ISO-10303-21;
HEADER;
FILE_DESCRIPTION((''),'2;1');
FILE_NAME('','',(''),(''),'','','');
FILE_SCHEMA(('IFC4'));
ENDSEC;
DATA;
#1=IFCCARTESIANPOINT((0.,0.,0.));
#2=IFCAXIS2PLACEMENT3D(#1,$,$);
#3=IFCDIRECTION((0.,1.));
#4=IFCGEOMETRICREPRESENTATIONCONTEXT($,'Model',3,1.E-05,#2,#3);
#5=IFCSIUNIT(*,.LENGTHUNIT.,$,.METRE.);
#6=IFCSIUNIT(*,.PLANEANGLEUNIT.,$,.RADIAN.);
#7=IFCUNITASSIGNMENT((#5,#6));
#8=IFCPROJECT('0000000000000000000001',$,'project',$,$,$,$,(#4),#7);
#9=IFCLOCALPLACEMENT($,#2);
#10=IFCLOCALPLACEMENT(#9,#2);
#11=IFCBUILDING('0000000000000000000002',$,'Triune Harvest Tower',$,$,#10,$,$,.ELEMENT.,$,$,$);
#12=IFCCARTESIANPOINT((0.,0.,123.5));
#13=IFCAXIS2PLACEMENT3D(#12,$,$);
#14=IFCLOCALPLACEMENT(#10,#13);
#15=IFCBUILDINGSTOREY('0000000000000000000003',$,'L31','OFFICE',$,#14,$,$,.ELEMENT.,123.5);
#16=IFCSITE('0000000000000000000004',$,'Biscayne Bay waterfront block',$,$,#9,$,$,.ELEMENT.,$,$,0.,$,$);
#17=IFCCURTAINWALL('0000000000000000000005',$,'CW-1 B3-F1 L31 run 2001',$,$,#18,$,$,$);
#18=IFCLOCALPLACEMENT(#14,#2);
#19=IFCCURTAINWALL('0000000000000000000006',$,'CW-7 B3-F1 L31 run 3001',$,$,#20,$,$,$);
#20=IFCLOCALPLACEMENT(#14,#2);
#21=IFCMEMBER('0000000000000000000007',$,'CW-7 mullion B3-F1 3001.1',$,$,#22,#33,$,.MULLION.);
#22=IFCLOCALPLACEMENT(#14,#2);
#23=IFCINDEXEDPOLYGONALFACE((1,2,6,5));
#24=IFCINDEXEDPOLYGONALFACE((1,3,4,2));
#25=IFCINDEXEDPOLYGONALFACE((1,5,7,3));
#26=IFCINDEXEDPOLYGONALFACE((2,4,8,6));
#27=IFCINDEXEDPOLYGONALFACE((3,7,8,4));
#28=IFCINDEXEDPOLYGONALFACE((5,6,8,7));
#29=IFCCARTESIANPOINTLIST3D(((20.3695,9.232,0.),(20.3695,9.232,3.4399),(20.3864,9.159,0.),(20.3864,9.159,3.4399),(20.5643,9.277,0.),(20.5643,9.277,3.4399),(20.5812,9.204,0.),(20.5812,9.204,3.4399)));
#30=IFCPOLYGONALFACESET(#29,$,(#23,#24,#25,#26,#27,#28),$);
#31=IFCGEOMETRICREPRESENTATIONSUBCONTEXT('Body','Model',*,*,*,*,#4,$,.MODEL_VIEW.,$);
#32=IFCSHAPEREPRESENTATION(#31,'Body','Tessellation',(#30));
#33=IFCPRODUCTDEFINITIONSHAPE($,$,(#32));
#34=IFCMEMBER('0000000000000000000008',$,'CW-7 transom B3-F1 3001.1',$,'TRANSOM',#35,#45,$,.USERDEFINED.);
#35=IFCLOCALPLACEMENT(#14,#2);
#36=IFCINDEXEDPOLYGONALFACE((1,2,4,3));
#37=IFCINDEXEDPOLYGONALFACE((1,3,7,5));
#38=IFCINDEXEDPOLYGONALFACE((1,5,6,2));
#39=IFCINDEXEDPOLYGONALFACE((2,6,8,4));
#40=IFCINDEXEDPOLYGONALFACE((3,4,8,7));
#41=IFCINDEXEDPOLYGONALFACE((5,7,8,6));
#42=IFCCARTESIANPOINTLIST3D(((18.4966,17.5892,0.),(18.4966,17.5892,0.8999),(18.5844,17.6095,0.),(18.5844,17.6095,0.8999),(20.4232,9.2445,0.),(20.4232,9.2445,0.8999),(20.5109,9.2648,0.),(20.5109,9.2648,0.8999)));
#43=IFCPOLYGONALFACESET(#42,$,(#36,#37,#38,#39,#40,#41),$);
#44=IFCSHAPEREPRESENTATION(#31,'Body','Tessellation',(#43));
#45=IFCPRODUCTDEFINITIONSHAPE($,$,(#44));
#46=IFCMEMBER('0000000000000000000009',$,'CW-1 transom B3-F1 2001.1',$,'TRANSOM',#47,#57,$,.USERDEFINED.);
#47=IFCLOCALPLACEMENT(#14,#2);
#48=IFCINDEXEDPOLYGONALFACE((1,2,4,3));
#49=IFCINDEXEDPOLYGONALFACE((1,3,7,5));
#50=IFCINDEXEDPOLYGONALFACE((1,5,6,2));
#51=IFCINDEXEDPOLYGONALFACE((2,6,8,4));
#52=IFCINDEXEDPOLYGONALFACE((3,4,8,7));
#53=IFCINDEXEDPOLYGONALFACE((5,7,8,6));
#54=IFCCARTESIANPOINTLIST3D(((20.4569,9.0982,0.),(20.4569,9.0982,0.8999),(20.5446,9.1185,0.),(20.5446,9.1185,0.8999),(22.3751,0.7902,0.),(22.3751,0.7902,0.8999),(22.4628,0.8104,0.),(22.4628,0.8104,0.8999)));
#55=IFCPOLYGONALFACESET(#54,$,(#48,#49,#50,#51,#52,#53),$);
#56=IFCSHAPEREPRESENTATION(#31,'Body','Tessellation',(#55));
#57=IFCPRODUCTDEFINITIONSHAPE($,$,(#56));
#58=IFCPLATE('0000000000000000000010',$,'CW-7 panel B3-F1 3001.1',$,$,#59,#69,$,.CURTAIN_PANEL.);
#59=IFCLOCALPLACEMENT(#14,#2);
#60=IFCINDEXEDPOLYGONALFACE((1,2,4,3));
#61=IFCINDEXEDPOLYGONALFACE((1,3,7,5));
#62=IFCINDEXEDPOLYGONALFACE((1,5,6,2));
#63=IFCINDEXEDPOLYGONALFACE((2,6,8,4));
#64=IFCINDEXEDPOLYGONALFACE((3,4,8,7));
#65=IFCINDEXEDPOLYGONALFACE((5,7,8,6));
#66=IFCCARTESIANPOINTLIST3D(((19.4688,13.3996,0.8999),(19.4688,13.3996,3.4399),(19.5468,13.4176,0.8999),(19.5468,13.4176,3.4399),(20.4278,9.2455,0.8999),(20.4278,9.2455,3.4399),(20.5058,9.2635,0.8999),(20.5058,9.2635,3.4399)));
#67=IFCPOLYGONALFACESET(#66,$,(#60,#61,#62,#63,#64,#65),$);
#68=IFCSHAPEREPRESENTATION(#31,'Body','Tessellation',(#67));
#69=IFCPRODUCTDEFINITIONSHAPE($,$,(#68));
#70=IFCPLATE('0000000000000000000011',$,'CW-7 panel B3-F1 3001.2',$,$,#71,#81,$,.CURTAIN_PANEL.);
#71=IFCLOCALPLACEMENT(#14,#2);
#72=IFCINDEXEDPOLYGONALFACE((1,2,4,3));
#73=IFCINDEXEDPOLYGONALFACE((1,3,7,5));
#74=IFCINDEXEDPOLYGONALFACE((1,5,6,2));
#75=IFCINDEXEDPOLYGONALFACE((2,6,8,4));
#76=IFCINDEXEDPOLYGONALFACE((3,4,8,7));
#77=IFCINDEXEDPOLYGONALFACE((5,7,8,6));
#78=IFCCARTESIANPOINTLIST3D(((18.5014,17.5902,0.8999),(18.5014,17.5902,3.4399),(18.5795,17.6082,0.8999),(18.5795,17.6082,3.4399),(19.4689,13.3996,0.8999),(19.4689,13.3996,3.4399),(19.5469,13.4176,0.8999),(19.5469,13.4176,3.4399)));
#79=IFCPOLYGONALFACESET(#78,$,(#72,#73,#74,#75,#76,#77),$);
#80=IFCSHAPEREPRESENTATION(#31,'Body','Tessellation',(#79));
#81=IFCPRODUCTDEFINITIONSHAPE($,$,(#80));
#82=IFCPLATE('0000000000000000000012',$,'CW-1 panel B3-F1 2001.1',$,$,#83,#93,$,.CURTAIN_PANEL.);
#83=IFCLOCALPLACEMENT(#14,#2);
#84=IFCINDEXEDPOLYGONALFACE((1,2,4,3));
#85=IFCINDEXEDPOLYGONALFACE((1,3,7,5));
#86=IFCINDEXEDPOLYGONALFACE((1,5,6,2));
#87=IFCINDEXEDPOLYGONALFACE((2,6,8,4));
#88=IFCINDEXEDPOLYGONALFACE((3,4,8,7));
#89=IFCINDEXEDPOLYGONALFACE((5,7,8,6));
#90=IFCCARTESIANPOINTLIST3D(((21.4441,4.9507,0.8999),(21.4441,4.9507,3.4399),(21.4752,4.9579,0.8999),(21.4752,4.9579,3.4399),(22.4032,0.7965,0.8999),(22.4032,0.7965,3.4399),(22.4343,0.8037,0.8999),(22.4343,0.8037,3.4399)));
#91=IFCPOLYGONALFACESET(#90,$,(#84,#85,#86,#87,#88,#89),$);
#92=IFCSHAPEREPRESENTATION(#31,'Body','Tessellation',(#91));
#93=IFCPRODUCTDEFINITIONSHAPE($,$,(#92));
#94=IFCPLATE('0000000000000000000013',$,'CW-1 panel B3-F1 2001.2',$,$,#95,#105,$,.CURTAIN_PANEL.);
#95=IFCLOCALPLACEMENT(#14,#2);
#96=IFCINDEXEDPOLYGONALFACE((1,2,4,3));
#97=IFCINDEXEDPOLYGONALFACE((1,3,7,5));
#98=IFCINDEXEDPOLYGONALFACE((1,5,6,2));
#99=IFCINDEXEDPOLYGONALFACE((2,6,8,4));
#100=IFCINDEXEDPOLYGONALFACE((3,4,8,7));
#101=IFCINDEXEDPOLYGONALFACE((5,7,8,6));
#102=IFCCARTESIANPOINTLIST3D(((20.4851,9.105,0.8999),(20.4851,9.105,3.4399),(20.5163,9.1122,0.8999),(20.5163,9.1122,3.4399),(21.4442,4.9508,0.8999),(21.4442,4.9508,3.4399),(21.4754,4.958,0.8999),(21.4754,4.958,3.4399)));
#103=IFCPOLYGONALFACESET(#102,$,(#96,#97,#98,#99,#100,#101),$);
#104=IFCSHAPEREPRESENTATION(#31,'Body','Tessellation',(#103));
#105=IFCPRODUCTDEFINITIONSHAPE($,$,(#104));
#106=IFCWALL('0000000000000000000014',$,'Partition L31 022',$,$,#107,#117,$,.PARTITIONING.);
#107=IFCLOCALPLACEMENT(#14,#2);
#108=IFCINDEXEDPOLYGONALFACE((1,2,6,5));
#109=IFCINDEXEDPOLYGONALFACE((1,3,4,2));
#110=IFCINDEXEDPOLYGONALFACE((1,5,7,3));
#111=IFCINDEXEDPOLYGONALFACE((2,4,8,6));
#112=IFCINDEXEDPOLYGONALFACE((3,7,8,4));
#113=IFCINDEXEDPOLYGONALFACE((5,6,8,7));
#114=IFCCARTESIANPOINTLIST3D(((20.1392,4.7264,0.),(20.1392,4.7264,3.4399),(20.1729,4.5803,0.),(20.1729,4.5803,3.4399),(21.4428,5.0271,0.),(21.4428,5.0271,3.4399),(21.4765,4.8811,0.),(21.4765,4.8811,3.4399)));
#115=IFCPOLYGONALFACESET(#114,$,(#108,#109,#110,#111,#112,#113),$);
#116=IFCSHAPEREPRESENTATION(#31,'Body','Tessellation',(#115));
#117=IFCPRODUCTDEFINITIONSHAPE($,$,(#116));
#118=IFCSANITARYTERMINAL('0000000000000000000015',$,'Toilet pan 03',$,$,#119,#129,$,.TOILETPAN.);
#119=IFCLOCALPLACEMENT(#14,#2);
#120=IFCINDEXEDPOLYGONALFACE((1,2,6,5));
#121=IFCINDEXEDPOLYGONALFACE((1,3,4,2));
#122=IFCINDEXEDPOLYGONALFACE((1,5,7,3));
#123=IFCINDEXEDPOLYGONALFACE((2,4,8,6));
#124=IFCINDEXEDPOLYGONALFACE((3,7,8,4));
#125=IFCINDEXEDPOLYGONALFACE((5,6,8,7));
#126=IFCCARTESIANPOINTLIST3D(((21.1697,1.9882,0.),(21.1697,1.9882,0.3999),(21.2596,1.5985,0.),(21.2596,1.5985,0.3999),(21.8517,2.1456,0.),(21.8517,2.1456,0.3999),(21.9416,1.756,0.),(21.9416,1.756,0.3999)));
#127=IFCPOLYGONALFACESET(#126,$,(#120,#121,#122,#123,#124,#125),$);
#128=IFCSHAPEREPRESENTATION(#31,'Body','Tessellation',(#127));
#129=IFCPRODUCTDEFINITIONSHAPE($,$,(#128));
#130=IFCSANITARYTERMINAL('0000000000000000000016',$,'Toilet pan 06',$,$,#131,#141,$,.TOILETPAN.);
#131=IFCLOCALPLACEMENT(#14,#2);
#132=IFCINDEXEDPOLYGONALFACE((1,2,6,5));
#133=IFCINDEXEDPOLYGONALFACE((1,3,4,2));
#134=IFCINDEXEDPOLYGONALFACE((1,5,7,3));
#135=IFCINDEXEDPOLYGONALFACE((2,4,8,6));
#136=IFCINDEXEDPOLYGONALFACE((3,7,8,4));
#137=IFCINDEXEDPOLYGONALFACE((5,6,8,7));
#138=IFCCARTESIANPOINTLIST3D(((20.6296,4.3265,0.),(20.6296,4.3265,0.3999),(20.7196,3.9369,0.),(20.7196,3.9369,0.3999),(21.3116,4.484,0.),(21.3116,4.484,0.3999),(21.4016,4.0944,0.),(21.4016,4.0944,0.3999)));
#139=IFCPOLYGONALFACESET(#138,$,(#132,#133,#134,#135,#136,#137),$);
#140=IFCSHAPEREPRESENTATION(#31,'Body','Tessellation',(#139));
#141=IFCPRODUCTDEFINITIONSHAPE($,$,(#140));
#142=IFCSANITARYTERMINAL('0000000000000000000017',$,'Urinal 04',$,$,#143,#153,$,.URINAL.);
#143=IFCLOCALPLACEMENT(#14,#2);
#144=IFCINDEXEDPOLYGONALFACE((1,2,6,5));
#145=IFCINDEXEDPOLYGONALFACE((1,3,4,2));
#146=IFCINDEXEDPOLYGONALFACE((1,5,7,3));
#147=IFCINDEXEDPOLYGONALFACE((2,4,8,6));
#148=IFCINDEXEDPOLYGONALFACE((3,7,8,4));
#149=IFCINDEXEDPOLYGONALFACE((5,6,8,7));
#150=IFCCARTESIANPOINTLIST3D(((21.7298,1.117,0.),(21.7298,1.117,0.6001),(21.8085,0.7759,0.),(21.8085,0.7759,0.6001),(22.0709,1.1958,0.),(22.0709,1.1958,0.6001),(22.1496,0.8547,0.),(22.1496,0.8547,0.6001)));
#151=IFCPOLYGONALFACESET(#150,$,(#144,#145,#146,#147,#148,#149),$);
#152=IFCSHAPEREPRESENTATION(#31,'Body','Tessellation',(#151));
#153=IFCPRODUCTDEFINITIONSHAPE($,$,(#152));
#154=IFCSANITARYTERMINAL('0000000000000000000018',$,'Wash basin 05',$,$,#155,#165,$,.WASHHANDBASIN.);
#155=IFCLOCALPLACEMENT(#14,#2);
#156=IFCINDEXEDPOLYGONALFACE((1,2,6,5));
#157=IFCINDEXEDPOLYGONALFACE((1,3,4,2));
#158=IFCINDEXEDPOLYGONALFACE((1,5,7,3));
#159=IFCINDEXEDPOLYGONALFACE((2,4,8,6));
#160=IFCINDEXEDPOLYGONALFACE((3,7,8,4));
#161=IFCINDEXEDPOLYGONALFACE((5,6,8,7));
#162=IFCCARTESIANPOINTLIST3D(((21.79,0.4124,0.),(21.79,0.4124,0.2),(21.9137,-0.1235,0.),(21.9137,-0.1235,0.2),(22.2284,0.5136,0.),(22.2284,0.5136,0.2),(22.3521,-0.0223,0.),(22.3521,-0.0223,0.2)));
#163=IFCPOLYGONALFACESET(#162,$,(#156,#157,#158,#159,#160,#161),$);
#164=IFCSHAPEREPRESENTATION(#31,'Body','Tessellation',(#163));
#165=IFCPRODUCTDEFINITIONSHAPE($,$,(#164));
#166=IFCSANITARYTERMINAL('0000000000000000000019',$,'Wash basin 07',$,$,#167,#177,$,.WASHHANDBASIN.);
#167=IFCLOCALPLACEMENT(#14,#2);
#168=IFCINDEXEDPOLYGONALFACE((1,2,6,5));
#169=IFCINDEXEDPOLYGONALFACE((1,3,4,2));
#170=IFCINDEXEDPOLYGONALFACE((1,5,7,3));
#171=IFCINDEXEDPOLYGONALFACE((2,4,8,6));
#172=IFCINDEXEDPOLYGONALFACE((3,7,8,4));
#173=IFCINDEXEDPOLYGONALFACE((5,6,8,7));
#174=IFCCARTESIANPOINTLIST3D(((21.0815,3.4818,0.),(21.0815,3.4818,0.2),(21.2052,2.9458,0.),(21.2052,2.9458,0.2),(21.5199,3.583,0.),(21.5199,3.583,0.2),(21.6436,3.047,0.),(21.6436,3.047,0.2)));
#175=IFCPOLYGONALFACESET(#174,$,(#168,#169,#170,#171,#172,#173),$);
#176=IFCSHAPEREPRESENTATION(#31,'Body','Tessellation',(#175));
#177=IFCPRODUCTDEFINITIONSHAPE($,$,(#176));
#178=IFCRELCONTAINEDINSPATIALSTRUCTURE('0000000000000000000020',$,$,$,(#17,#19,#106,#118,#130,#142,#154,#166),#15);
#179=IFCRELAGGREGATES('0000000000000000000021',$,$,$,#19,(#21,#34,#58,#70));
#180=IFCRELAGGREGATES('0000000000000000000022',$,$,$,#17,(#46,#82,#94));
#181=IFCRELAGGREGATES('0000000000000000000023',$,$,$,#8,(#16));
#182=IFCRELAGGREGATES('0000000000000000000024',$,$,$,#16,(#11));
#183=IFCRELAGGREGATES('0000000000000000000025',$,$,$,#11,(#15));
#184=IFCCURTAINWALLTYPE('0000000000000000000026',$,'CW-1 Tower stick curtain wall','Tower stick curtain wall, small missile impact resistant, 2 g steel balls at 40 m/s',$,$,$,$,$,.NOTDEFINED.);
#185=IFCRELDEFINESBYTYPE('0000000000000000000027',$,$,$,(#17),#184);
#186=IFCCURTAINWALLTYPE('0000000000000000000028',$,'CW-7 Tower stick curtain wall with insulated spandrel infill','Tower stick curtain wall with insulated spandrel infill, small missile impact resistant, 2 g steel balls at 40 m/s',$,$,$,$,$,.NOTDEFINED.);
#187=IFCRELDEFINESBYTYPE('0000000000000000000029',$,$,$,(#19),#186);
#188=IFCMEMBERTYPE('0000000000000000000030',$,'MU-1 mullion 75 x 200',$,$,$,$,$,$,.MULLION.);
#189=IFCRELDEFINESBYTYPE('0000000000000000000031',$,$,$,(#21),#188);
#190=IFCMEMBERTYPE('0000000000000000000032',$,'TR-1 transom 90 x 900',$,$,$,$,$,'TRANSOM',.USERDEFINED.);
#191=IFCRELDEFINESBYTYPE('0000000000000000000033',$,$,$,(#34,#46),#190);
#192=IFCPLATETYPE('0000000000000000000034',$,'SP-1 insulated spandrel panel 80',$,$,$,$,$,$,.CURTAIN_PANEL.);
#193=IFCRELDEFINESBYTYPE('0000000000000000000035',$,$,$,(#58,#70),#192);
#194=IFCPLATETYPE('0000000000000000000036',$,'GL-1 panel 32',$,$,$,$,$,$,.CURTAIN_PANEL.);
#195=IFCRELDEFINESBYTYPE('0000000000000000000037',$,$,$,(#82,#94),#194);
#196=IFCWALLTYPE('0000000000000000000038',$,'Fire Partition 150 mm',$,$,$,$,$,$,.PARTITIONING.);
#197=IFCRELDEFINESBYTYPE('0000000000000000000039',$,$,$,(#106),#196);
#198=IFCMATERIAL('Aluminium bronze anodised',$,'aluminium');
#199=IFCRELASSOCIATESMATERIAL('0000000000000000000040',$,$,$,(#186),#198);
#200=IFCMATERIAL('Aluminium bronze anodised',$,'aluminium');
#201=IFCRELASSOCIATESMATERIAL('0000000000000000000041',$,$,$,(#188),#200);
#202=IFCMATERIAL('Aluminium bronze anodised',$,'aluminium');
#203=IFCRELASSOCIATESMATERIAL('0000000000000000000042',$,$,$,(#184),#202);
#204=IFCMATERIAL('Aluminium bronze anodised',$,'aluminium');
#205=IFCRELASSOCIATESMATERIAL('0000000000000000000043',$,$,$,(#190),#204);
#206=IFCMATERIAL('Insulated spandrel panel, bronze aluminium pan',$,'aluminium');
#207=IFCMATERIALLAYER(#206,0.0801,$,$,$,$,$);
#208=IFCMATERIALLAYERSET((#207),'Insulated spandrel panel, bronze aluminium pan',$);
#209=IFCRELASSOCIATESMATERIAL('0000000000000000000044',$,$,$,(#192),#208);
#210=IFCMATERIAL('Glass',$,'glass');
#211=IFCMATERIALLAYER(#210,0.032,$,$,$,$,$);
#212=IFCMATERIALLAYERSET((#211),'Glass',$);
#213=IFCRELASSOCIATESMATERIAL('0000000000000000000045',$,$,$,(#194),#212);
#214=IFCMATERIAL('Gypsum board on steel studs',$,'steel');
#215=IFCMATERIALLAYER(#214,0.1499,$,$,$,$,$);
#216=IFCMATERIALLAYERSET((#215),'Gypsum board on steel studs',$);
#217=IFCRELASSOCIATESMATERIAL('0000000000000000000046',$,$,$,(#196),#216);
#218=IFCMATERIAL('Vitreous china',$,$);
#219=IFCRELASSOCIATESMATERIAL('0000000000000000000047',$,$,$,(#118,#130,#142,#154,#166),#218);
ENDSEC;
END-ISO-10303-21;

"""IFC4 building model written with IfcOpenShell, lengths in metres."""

from ifc_helpers import new_model, si_unit, direction, frame, frame_2d, origin, origin_2d, place, context, subcontext, project, spatial, rectangle, extrude, source, transform, mapped, material, layer, layer_set, material_profile, profile_set, type_object, element, aggregate, save


model = new_model("IFC4")

# Units and contexts
model_context = context("Model", 3, precision=1e-05, world=origin(), true_north=direction((0.0, 1.0)))
body_context = subcontext(model_context, "Body", "Model", "MODEL_VIEW")
ifc_project = project(units=[si_unit("LENGTHUNIT", "METRE"), si_unit("PLANEANGLEUNIT", "RADIAN")], contexts=[model_context])

# Site, building, storey
site_placement = place(None, origin())
site = spatial("IfcSite", under=ifc_project, at=site_placement, Name="Biscayne Bay waterfront block", CompositionType="ELEMENT", RefElevation=0.0)
building_placement = place(site_placement, origin())
building = spatial("IfcBuilding", under=site, at=building_placement, Name="Triune Harvest Tower", CompositionType="ELEMENT")
storey_placement = place(building_placement, frame((0.0, 0.0, 123.5)))
storey = spatial("IfcBuildingStorey", under=building, at=storey_placement, Name="L31", Description="OFFICE", CompositionType="ELEMENT", Elevation=123.5)

# Shared definitions
ifc_material_1 = material(Name="Aluminium bronze anodised", Category="aluminium")
curtain_wall_type_1 = type_object("IfcCurtainWallType", Name="CW-7 Tower stick curtain wall with insulated spandrel infill", Description="Tower stick curtain wall with insulated spandrel infill, small missile impact resistant, 2 g steel balls at 40 m/s", PredefinedType="NOTDEFINED", material=ifc_material_1)
ifc_material_2 = material(Name="Aluminium bronze anodised", Category="aluminium")
ifc_material_profile_1 = material_profile(ifc_material_2, rectangle(XDim=0.2, YDim=0.075, at=origin_2d()), Name="MU-1 mullion 75 x 200")
ifc_profile_set_1 = profile_set([ifc_material_profile_1], Name="Aluminium bronze anodised")
member_type_1 = type_object("IfcMemberType", Name="MU-1 mullion 75 x 200", PredefinedType="MULLION", material=ifc_profile_set_1)
shared_shape_1 = source(origin(), body_context, "Body", "SweptSolid", [
    extrude(rectangle(XDim=0.2, YDim=0.075, at=origin_2d()), origin(), (0.0, 0.0, 1.0), 3.4399),
])

# Curtain walls, members
ifc_material_3 = material(Name="Aluminium bronze anodised", Category="aluminium")
curtain_wall_type_2 = type_object("IfcCurtainWallType", Name="CW-1 Tower stick curtain wall", Description="Tower stick curtain wall, small missile impact resistant, 2 g steel balls at 40 m/s", PredefinedType="NOTDEFINED", material=ifc_material_3)
curtain_wall_1_placement = place(storey_placement, origin())
curtain_wall_1 = element("IfcCurtainWall", 1, at=curtain_wall_1_placement, inside=storey, type_object=curtain_wall_type_2, Name="CW-1 B3-F1 L31 run 2001")
curtain_wall_2_placement = place(storey_placement, origin())
curtain_wall_2 = element("IfcCurtainWall", 2, at=curtain_wall_2_placement, inside=storey, type_object=curtain_wall_type_1, Name="CW-7 B3-F1 L31 run 3001")
member_1_placement = place(storey_placement, frame((20.4753, 9.218, 0.0), z_axis=(0.0, 0.0, 1.0), x_axis=(-0.974371, -0.224947, 0.0)))
member_1 = element("IfcMember", 3, at=member_1_placement, type_object=member_type_1, Name="CW-7 mullion B3-F1 3001.1", PredefinedType="MULLION", context=body_context, shape_type="MappedRepresentation", body=[
    mapped(shared_shape_1, transform((0.0, 0.0, 0.0), scale=1.0)),
])
ifc_material_4 = material(Name="Aluminium bronze anodised", Category="aluminium")
ifc_material_profile_2 = material_profile(ifc_material_4, rectangle(XDim=0.0901, YDim=0.8999, at=origin_2d()), Name="TR-1 transom 90 x 900")
ifc_profile_set_2 = profile_set([ifc_material_profile_2], Name="Aluminium bronze anodised")
member_type_2 = type_object("IfcMemberType", Name="TR-1 transom 90 x 900", ElementType="TRANSOM", PredefinedType="USERDEFINED", material=ifc_profile_set_2)
shared_shape_2 = source(origin(), body_context, "Body", "SweptSolid", [
    extrude(rectangle(XDim=0.0901, YDim=0.8999, at=origin_2d()), origin(), (0.0, 0.0, 1.0), 8.5642),
])
member_2_placement = place(storey_placement, frame((20.467, 9.2546, 0.45), z_axis=(-0.224949, 0.974371, 0.0), x_axis=(-0.974371, -0.224949, 0.0)))
member_2 = element("IfcMember", 4, at=member_2_placement, type_object=member_type_2, Name="CW-7 transom B3-F1 3001.1", ObjectType="TRANSOM", PredefinedType="USERDEFINED", context=body_context, shape_type="MappedRepresentation", body=[
    mapped(shared_shape_2, transform((0.0, 0.0, 0.0), scale=1.0)),
])

# Member
shared_shape_3 = source(origin(), body_context, "Body", "SweptSolid", [
    extrude(rectangle(XDim=0.0901, YDim=0.8999, at=origin_2d()), origin(), (0.0, 0.0, 1.0), 8.5266),
])
member_3_placement = place(storey_placement, frame((22.4189, 0.8003, 0.45), z_axis=(-0.224966, 0.974367, 0.0), x_axis=(-0.974367, -0.224966, 0.0)))
member_3 = element("IfcMember", 5, at=member_3_placement, type_object=member_type_2, Name="CW-1 transom B3-F1 2001.1", ObjectType="TRANSOM", PredefinedType="USERDEFINED", context=body_context, shape_type="MappedRepresentation", body=[
    mapped(shared_shape_3, transform((0.0, 0.0, 0.0), scale=1.0)),
])

# Plates
ifc_material_5 = material(Name="Insulated spandrel panel, bronze aluminium pan", Category="aluminium")
ifc_layer_1 = layer(ifc_material_5, 0.0801)
ifc_layer_set_1 = layer_set([ifc_layer_1], Name="Insulated spandrel panel, bronze aluminium pan")
plate_type_1 = type_object("IfcPlateType", Name="SP-1 insulated spandrel panel 80", PredefinedType="CURTAIN_PANEL", material=ifc_layer_set_1)
shared_shape_4 = source(origin(), body_context, "Body", "SweptSolid", [
    extrude(rectangle(XDim=4.2634, YDim=0.0801, at=origin_2d()), origin(), (0.0, 0.0, 1.0), 2.54),
])
plate_1_placement = place(storey_placement, frame((19.9873, 11.3315, 0.8999), z_axis=(0.0, 0.0, 1.0), x_axis=(-0.224947, 0.974371, 0.0)))
plate_1 = element("IfcPlate", 6, at=plate_1_placement, type_object=plate_type_1, Name="CW-7 panel B3-F1 3001.1", PredefinedType="CURTAIN_PANEL", context=body_context, shape_type="MappedRepresentation", body=[
    mapped(shared_shape_4, transform((0.0, 0.0, 0.0), scale=1.0)),
])
shared_shape_5 = source(origin(), body_context, "Body", "SweptSolid", [
    extrude(rectangle(XDim=4.3008, YDim=0.0801, at=origin_2d()), origin(), (0.0, 0.0, 1.0), 2.54),
])
plate_2_placement = place(storey_placement, frame((19.0242, 15.5039, 0.8999), z_axis=(0.0, 0.0, 1.0), x_axis=(-0.224947, 0.974371, 0.0)))
plate_2 = element("IfcPlate", 7, at=plate_2_placement, type_object=plate_type_1, Name="CW-7 panel B3-F1 3001.2", PredefinedType="CURTAIN_PANEL", context=body_context, shape_type="MappedRepresentation", body=[
    mapped(shared_shape_5, transform((0.0, 0.0, 0.0), scale=1.0)),
])
aggregate(curtain_wall_2, [member_1, member_2, plate_1, plate_2])
ifc_material_6 = material(Name="Glass", Category="glass")
ifc_layer_2 = layer(ifc_material_6, 0.032)
ifc_layer_set_2 = layer_set([ifc_layer_2], Name="Glass")
plate_type_2 = type_object("IfcPlateType", Name="GL-1 panel 32", PredefinedType="CURTAIN_PANEL", material=ifc_layer_set_2)
shared_shape_6 = source(origin(), body_context, "Body", "SweptSolid", [
    extrude(rectangle(XDim=4.2634, YDim=0.032, at=origin_2d()), origin(), (0.0, 0.0, 1.0), 2.54),
])
plate_3_placement = place(storey_placement, frame((21.9392, 2.8772, 0.8999), z_axis=(0.0, 0.0, 1.0), x_axis=(-0.224959, 0.974368, 0.0)))
plate_3 = element("IfcPlate", 8, at=plate_3_placement, type_object=plate_type_2, Name="CW-1 panel B3-F1 2001.1", PredefinedType="CURTAIN_PANEL", context=body_context, shape_type="MappedRepresentation", body=[
    mapped(shared_shape_6, transform((0.0, 0.0, 0.0), scale=1.0)),
])
plate_4_placement = place(storey_placement, frame((20.9802, 7.0315, 0.8999), z_axis=(0.0, 0.0, 1.0), x_axis=(-0.224959, 0.974368, 0.0)))
plate_4 = element("IfcPlate", 9, at=plate_4_placement, type_object=plate_type_2, Name="CW-1 panel B3-F1 2001.2", PredefinedType="CURTAIN_PANEL", context=body_context, shape_type="MappedRepresentation", body=[
    mapped(shared_shape_6, transform((0.0, 0.0, 0.0), scale=1.0)),
])
aggregate(curtain_wall_1, [member_3, plate_3, plate_4])

# Wall
ifc_material_7 = material(Name="Gypsum board on steel studs", Category="steel")
ifc_layer_3 = layer(ifc_material_7, 0.1499)
ifc_layer_set_3 = layer_set([ifc_layer_3], Name="Gypsum board on steel studs")
wall_type = type_object("IfcWallType", Name="Fire Partition 150 mm", PredefinedType="PARTITIONING", material=ifc_layer_set_3)
wall_placement = place(storey_placement, frame((20.156, 4.6533, 0.0), z_axis=(0.0, 0.0, 1.0), x_axis=(0.974403, 0.224806, 0.0)))
element("IfcWall", 10, at=wall_placement, inside=storey, type_object=wall_type, Name="Partition L31 022", PredefinedType="PARTITIONING", context=body_context, shape_type="SweptSolid", body=[
    extrude(rectangle(XDim=1.3379, YDim=0.1499, at=frame_2d((0.6689, 0.0))), origin(), (0.0, 0.0, 1.0), 3.4399),
])

# Sanitary terminals
ifc_material_8 = material(Name="Vitreous china")
shared_shape_7 = source(origin(), body_context, "Body", "SweptSolid", [
    extrude(rectangle(XDim=0.3999, YDim=0.7, at=origin_2d()), origin(), (0.0, 0.0, 1.0), 0.3999),
])
for number, where, z_axis, x_axis, name in (
    (11, (21.5557, 1.8721, 0.0), (0.0, 0.0, 1.0), (0.224934, -0.974374, 0.0), "Toilet pan 03"),
    (12, (21.0156, 4.2104, 0.0), (0.0, 0.0, 1.0), (0.224968, -0.974366, 0.0), "Toilet pan 06"),
):
    element("IfcSanitaryTerminal", number, at=place(storey_placement, frame(where, z_axis=z_axis, x_axis=x_axis)), inside=storey, material=ifc_material_8, Name=name, PredefinedType="TOILETPAN", context=body_context, shape_type="MappedRepresentation", body=[
        mapped(shared_shape_7, transform((0.0, 0.0, 0.0), scale=1.0)),
    ])
shared_shape_8 = source(origin(), body_context, "Body", "SweptSolid", [
    extrude(rectangle(XDim=0.3501, YDim=0.3501, at=origin_2d()), origin(), (0.0, 0.0, 1.0), 0.6001),
])
sanitary_terminal_placement = place(storey_placement, frame((21.9397, 0.9858, 0.0), z_axis=(0.0, 0.0, 1.0), x_axis=(0.224934, -0.974374, 0.0)))
element("IfcSanitaryTerminal", 13, at=sanitary_terminal_placement, inside=storey, material=ifc_material_8, Name="Urinal 04", PredefinedType="URINAL", context=body_context, shape_type="MappedRepresentation", body=[
    mapped(shared_shape_8, transform((0.0, 0.0, 0.0), scale=1.0)),
])
shared_shape_9 = source(origin(), body_context, "Body", "SweptSolid", [
    extrude(rectangle(XDim=0.55, YDim=0.45, at=origin_2d()), origin(), (0.0, 0.0, 1.0), 0.2),
])
for number, where, z_axis, x_axis, name in (
    (14, (22.071, 0.1951, 0.0), (0.0, 0.0, 1.0), (0.224934, -0.974374, 0.0), "Wash basin 05"),
    (15, (21.3625, 3.2644, 0.0), (0.0, 0.0, 1.0), (0.224968, -0.974366, 0.0), "Wash basin 07"),
):
    element("IfcSanitaryTerminal", number, at=place(storey_placement, frame(where, z_axis=z_axis, x_axis=x_axis)), inside=storey, material=ifc_material_8, Name=name, PredefinedType="WASHHANDBASIN", context=body_context, shape_type="MappedRepresentation", body=[
        mapped(shared_shape_9, transform((0.0, 0.0, 0.0), scale=1.0)),
    ])

save(model, "model.ifc")
